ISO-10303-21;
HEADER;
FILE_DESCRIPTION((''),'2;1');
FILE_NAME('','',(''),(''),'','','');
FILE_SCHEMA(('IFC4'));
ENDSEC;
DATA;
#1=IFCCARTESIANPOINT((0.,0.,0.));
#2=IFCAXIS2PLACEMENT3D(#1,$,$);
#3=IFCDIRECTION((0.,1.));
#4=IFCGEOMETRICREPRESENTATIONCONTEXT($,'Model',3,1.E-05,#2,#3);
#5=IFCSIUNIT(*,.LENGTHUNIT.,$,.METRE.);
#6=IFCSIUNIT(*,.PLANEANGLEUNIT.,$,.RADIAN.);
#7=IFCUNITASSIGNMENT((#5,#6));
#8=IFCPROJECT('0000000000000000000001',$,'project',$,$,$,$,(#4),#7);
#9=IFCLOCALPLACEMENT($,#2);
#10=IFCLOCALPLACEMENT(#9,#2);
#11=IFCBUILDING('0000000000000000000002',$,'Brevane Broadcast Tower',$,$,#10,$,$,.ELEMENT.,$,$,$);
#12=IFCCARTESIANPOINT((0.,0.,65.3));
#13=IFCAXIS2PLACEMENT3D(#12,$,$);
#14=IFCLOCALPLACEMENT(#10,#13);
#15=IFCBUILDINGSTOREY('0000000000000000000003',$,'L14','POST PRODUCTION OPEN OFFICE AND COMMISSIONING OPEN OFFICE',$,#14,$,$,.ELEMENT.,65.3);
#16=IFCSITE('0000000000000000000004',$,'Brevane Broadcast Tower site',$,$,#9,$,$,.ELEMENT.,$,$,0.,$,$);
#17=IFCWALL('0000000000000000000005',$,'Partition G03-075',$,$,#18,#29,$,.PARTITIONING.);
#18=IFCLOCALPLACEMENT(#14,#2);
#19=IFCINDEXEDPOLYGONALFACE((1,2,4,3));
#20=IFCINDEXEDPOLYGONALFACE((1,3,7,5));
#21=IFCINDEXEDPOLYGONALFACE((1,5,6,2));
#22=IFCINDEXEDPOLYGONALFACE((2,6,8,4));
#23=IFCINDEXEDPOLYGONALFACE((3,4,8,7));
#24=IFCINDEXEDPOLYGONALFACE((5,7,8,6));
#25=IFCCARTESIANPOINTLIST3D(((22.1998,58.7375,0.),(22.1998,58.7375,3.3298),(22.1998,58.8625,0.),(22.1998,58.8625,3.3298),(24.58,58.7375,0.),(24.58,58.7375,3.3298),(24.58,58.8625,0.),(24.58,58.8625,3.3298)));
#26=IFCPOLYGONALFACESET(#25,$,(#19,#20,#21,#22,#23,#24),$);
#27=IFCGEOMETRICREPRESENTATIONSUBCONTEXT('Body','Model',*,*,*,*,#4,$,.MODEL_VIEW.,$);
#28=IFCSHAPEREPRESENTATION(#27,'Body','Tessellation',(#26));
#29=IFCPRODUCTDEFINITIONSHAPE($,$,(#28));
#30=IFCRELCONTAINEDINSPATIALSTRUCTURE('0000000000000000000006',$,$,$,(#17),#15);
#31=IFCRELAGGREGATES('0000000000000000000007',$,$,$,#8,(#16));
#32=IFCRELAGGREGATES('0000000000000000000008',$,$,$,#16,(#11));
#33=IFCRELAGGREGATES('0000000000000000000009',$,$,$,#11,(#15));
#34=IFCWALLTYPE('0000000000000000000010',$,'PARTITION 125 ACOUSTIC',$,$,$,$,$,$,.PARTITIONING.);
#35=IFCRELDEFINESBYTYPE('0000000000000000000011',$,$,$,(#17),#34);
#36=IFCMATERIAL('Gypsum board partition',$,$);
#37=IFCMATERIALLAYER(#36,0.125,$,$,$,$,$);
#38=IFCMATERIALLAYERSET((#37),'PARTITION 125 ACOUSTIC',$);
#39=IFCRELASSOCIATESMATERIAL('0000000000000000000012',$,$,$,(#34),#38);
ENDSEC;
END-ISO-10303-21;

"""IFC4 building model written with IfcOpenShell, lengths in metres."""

from ifc_helpers import new_model, si_unit, direction, frame, frame_2d, origin, place, context, subcontext, project, spatial, rectangle, extrude, material, layer, layer_set, type_object, element, save


model = new_model("IFC4")

# Units and contexts
model_context = context("Model", 3, precision=1e-05, world=origin(), true_north=direction((0.0, 1.0)))
body_context = subcontext(model_context, "Body", "Model", "MODEL_VIEW")
ifc_project = project(units=[si_unit("LENGTHUNIT", "METRE"), si_unit("PLANEANGLEUNIT", "RADIAN")], contexts=[model_context])

# Site, building, storey
site_placement = place(None, origin())
site = spatial("IfcSite", under=ifc_project, at=site_placement, Name="Brevane Broadcast Tower site", CompositionType="ELEMENT", RefElevation=0.0)
building_placement = place(site_placement, origin())
building = spatial("IfcBuilding", under=site, at=building_placement, Name="Brevane Broadcast Tower", CompositionType="ELEMENT")
storey_placement = place(building_placement, frame((0.0, 0.0, 65.3)))
storey = spatial("IfcBuildingStorey", under=building, at=storey_placement, Name="L14", Description="POST PRODUCTION OPEN OFFICE AND COMMISSIONING OPEN OFFICE", CompositionType="ELEMENT", Elevation=65.3)

# Shared definitions
ifc_material_1 = material(Name="Gypsum board partition")

# Wall
ifc_layer_1 = layer(ifc_material_1, 0.125)
ifc_layer_set_1 = layer_set([ifc_layer_1], Name="PARTITION 125 ACOUSTIC")
wall_type_1 = type_object("IfcWallType", Name="PARTITION 125 ACOUSTIC", PredefinedType="PARTITIONING", material=ifc_layer_set_1)
wall_1_placement = place(storey_placement, frame((22.2, 58.8, 0.0), z_axis=(0.0, 0.0, 1.0), x_axis=(1.0, 0.0, 0.0)))
element("IfcWall", 1, at=wall_1_placement, inside=storey, type_object=wall_type_1, Name="Partition G03-075", PredefinedType="PARTITIONING", context=body_context, shape_type="SweptSolid", body=[
    extrude(rectangle(XDim=2.3801, YDim=0.125, at=frame_2d((1.1899, 0.0))), origin(), (0.0, 0.0, 1.0), 3.3298),
])

save(model, "model.ifc")
